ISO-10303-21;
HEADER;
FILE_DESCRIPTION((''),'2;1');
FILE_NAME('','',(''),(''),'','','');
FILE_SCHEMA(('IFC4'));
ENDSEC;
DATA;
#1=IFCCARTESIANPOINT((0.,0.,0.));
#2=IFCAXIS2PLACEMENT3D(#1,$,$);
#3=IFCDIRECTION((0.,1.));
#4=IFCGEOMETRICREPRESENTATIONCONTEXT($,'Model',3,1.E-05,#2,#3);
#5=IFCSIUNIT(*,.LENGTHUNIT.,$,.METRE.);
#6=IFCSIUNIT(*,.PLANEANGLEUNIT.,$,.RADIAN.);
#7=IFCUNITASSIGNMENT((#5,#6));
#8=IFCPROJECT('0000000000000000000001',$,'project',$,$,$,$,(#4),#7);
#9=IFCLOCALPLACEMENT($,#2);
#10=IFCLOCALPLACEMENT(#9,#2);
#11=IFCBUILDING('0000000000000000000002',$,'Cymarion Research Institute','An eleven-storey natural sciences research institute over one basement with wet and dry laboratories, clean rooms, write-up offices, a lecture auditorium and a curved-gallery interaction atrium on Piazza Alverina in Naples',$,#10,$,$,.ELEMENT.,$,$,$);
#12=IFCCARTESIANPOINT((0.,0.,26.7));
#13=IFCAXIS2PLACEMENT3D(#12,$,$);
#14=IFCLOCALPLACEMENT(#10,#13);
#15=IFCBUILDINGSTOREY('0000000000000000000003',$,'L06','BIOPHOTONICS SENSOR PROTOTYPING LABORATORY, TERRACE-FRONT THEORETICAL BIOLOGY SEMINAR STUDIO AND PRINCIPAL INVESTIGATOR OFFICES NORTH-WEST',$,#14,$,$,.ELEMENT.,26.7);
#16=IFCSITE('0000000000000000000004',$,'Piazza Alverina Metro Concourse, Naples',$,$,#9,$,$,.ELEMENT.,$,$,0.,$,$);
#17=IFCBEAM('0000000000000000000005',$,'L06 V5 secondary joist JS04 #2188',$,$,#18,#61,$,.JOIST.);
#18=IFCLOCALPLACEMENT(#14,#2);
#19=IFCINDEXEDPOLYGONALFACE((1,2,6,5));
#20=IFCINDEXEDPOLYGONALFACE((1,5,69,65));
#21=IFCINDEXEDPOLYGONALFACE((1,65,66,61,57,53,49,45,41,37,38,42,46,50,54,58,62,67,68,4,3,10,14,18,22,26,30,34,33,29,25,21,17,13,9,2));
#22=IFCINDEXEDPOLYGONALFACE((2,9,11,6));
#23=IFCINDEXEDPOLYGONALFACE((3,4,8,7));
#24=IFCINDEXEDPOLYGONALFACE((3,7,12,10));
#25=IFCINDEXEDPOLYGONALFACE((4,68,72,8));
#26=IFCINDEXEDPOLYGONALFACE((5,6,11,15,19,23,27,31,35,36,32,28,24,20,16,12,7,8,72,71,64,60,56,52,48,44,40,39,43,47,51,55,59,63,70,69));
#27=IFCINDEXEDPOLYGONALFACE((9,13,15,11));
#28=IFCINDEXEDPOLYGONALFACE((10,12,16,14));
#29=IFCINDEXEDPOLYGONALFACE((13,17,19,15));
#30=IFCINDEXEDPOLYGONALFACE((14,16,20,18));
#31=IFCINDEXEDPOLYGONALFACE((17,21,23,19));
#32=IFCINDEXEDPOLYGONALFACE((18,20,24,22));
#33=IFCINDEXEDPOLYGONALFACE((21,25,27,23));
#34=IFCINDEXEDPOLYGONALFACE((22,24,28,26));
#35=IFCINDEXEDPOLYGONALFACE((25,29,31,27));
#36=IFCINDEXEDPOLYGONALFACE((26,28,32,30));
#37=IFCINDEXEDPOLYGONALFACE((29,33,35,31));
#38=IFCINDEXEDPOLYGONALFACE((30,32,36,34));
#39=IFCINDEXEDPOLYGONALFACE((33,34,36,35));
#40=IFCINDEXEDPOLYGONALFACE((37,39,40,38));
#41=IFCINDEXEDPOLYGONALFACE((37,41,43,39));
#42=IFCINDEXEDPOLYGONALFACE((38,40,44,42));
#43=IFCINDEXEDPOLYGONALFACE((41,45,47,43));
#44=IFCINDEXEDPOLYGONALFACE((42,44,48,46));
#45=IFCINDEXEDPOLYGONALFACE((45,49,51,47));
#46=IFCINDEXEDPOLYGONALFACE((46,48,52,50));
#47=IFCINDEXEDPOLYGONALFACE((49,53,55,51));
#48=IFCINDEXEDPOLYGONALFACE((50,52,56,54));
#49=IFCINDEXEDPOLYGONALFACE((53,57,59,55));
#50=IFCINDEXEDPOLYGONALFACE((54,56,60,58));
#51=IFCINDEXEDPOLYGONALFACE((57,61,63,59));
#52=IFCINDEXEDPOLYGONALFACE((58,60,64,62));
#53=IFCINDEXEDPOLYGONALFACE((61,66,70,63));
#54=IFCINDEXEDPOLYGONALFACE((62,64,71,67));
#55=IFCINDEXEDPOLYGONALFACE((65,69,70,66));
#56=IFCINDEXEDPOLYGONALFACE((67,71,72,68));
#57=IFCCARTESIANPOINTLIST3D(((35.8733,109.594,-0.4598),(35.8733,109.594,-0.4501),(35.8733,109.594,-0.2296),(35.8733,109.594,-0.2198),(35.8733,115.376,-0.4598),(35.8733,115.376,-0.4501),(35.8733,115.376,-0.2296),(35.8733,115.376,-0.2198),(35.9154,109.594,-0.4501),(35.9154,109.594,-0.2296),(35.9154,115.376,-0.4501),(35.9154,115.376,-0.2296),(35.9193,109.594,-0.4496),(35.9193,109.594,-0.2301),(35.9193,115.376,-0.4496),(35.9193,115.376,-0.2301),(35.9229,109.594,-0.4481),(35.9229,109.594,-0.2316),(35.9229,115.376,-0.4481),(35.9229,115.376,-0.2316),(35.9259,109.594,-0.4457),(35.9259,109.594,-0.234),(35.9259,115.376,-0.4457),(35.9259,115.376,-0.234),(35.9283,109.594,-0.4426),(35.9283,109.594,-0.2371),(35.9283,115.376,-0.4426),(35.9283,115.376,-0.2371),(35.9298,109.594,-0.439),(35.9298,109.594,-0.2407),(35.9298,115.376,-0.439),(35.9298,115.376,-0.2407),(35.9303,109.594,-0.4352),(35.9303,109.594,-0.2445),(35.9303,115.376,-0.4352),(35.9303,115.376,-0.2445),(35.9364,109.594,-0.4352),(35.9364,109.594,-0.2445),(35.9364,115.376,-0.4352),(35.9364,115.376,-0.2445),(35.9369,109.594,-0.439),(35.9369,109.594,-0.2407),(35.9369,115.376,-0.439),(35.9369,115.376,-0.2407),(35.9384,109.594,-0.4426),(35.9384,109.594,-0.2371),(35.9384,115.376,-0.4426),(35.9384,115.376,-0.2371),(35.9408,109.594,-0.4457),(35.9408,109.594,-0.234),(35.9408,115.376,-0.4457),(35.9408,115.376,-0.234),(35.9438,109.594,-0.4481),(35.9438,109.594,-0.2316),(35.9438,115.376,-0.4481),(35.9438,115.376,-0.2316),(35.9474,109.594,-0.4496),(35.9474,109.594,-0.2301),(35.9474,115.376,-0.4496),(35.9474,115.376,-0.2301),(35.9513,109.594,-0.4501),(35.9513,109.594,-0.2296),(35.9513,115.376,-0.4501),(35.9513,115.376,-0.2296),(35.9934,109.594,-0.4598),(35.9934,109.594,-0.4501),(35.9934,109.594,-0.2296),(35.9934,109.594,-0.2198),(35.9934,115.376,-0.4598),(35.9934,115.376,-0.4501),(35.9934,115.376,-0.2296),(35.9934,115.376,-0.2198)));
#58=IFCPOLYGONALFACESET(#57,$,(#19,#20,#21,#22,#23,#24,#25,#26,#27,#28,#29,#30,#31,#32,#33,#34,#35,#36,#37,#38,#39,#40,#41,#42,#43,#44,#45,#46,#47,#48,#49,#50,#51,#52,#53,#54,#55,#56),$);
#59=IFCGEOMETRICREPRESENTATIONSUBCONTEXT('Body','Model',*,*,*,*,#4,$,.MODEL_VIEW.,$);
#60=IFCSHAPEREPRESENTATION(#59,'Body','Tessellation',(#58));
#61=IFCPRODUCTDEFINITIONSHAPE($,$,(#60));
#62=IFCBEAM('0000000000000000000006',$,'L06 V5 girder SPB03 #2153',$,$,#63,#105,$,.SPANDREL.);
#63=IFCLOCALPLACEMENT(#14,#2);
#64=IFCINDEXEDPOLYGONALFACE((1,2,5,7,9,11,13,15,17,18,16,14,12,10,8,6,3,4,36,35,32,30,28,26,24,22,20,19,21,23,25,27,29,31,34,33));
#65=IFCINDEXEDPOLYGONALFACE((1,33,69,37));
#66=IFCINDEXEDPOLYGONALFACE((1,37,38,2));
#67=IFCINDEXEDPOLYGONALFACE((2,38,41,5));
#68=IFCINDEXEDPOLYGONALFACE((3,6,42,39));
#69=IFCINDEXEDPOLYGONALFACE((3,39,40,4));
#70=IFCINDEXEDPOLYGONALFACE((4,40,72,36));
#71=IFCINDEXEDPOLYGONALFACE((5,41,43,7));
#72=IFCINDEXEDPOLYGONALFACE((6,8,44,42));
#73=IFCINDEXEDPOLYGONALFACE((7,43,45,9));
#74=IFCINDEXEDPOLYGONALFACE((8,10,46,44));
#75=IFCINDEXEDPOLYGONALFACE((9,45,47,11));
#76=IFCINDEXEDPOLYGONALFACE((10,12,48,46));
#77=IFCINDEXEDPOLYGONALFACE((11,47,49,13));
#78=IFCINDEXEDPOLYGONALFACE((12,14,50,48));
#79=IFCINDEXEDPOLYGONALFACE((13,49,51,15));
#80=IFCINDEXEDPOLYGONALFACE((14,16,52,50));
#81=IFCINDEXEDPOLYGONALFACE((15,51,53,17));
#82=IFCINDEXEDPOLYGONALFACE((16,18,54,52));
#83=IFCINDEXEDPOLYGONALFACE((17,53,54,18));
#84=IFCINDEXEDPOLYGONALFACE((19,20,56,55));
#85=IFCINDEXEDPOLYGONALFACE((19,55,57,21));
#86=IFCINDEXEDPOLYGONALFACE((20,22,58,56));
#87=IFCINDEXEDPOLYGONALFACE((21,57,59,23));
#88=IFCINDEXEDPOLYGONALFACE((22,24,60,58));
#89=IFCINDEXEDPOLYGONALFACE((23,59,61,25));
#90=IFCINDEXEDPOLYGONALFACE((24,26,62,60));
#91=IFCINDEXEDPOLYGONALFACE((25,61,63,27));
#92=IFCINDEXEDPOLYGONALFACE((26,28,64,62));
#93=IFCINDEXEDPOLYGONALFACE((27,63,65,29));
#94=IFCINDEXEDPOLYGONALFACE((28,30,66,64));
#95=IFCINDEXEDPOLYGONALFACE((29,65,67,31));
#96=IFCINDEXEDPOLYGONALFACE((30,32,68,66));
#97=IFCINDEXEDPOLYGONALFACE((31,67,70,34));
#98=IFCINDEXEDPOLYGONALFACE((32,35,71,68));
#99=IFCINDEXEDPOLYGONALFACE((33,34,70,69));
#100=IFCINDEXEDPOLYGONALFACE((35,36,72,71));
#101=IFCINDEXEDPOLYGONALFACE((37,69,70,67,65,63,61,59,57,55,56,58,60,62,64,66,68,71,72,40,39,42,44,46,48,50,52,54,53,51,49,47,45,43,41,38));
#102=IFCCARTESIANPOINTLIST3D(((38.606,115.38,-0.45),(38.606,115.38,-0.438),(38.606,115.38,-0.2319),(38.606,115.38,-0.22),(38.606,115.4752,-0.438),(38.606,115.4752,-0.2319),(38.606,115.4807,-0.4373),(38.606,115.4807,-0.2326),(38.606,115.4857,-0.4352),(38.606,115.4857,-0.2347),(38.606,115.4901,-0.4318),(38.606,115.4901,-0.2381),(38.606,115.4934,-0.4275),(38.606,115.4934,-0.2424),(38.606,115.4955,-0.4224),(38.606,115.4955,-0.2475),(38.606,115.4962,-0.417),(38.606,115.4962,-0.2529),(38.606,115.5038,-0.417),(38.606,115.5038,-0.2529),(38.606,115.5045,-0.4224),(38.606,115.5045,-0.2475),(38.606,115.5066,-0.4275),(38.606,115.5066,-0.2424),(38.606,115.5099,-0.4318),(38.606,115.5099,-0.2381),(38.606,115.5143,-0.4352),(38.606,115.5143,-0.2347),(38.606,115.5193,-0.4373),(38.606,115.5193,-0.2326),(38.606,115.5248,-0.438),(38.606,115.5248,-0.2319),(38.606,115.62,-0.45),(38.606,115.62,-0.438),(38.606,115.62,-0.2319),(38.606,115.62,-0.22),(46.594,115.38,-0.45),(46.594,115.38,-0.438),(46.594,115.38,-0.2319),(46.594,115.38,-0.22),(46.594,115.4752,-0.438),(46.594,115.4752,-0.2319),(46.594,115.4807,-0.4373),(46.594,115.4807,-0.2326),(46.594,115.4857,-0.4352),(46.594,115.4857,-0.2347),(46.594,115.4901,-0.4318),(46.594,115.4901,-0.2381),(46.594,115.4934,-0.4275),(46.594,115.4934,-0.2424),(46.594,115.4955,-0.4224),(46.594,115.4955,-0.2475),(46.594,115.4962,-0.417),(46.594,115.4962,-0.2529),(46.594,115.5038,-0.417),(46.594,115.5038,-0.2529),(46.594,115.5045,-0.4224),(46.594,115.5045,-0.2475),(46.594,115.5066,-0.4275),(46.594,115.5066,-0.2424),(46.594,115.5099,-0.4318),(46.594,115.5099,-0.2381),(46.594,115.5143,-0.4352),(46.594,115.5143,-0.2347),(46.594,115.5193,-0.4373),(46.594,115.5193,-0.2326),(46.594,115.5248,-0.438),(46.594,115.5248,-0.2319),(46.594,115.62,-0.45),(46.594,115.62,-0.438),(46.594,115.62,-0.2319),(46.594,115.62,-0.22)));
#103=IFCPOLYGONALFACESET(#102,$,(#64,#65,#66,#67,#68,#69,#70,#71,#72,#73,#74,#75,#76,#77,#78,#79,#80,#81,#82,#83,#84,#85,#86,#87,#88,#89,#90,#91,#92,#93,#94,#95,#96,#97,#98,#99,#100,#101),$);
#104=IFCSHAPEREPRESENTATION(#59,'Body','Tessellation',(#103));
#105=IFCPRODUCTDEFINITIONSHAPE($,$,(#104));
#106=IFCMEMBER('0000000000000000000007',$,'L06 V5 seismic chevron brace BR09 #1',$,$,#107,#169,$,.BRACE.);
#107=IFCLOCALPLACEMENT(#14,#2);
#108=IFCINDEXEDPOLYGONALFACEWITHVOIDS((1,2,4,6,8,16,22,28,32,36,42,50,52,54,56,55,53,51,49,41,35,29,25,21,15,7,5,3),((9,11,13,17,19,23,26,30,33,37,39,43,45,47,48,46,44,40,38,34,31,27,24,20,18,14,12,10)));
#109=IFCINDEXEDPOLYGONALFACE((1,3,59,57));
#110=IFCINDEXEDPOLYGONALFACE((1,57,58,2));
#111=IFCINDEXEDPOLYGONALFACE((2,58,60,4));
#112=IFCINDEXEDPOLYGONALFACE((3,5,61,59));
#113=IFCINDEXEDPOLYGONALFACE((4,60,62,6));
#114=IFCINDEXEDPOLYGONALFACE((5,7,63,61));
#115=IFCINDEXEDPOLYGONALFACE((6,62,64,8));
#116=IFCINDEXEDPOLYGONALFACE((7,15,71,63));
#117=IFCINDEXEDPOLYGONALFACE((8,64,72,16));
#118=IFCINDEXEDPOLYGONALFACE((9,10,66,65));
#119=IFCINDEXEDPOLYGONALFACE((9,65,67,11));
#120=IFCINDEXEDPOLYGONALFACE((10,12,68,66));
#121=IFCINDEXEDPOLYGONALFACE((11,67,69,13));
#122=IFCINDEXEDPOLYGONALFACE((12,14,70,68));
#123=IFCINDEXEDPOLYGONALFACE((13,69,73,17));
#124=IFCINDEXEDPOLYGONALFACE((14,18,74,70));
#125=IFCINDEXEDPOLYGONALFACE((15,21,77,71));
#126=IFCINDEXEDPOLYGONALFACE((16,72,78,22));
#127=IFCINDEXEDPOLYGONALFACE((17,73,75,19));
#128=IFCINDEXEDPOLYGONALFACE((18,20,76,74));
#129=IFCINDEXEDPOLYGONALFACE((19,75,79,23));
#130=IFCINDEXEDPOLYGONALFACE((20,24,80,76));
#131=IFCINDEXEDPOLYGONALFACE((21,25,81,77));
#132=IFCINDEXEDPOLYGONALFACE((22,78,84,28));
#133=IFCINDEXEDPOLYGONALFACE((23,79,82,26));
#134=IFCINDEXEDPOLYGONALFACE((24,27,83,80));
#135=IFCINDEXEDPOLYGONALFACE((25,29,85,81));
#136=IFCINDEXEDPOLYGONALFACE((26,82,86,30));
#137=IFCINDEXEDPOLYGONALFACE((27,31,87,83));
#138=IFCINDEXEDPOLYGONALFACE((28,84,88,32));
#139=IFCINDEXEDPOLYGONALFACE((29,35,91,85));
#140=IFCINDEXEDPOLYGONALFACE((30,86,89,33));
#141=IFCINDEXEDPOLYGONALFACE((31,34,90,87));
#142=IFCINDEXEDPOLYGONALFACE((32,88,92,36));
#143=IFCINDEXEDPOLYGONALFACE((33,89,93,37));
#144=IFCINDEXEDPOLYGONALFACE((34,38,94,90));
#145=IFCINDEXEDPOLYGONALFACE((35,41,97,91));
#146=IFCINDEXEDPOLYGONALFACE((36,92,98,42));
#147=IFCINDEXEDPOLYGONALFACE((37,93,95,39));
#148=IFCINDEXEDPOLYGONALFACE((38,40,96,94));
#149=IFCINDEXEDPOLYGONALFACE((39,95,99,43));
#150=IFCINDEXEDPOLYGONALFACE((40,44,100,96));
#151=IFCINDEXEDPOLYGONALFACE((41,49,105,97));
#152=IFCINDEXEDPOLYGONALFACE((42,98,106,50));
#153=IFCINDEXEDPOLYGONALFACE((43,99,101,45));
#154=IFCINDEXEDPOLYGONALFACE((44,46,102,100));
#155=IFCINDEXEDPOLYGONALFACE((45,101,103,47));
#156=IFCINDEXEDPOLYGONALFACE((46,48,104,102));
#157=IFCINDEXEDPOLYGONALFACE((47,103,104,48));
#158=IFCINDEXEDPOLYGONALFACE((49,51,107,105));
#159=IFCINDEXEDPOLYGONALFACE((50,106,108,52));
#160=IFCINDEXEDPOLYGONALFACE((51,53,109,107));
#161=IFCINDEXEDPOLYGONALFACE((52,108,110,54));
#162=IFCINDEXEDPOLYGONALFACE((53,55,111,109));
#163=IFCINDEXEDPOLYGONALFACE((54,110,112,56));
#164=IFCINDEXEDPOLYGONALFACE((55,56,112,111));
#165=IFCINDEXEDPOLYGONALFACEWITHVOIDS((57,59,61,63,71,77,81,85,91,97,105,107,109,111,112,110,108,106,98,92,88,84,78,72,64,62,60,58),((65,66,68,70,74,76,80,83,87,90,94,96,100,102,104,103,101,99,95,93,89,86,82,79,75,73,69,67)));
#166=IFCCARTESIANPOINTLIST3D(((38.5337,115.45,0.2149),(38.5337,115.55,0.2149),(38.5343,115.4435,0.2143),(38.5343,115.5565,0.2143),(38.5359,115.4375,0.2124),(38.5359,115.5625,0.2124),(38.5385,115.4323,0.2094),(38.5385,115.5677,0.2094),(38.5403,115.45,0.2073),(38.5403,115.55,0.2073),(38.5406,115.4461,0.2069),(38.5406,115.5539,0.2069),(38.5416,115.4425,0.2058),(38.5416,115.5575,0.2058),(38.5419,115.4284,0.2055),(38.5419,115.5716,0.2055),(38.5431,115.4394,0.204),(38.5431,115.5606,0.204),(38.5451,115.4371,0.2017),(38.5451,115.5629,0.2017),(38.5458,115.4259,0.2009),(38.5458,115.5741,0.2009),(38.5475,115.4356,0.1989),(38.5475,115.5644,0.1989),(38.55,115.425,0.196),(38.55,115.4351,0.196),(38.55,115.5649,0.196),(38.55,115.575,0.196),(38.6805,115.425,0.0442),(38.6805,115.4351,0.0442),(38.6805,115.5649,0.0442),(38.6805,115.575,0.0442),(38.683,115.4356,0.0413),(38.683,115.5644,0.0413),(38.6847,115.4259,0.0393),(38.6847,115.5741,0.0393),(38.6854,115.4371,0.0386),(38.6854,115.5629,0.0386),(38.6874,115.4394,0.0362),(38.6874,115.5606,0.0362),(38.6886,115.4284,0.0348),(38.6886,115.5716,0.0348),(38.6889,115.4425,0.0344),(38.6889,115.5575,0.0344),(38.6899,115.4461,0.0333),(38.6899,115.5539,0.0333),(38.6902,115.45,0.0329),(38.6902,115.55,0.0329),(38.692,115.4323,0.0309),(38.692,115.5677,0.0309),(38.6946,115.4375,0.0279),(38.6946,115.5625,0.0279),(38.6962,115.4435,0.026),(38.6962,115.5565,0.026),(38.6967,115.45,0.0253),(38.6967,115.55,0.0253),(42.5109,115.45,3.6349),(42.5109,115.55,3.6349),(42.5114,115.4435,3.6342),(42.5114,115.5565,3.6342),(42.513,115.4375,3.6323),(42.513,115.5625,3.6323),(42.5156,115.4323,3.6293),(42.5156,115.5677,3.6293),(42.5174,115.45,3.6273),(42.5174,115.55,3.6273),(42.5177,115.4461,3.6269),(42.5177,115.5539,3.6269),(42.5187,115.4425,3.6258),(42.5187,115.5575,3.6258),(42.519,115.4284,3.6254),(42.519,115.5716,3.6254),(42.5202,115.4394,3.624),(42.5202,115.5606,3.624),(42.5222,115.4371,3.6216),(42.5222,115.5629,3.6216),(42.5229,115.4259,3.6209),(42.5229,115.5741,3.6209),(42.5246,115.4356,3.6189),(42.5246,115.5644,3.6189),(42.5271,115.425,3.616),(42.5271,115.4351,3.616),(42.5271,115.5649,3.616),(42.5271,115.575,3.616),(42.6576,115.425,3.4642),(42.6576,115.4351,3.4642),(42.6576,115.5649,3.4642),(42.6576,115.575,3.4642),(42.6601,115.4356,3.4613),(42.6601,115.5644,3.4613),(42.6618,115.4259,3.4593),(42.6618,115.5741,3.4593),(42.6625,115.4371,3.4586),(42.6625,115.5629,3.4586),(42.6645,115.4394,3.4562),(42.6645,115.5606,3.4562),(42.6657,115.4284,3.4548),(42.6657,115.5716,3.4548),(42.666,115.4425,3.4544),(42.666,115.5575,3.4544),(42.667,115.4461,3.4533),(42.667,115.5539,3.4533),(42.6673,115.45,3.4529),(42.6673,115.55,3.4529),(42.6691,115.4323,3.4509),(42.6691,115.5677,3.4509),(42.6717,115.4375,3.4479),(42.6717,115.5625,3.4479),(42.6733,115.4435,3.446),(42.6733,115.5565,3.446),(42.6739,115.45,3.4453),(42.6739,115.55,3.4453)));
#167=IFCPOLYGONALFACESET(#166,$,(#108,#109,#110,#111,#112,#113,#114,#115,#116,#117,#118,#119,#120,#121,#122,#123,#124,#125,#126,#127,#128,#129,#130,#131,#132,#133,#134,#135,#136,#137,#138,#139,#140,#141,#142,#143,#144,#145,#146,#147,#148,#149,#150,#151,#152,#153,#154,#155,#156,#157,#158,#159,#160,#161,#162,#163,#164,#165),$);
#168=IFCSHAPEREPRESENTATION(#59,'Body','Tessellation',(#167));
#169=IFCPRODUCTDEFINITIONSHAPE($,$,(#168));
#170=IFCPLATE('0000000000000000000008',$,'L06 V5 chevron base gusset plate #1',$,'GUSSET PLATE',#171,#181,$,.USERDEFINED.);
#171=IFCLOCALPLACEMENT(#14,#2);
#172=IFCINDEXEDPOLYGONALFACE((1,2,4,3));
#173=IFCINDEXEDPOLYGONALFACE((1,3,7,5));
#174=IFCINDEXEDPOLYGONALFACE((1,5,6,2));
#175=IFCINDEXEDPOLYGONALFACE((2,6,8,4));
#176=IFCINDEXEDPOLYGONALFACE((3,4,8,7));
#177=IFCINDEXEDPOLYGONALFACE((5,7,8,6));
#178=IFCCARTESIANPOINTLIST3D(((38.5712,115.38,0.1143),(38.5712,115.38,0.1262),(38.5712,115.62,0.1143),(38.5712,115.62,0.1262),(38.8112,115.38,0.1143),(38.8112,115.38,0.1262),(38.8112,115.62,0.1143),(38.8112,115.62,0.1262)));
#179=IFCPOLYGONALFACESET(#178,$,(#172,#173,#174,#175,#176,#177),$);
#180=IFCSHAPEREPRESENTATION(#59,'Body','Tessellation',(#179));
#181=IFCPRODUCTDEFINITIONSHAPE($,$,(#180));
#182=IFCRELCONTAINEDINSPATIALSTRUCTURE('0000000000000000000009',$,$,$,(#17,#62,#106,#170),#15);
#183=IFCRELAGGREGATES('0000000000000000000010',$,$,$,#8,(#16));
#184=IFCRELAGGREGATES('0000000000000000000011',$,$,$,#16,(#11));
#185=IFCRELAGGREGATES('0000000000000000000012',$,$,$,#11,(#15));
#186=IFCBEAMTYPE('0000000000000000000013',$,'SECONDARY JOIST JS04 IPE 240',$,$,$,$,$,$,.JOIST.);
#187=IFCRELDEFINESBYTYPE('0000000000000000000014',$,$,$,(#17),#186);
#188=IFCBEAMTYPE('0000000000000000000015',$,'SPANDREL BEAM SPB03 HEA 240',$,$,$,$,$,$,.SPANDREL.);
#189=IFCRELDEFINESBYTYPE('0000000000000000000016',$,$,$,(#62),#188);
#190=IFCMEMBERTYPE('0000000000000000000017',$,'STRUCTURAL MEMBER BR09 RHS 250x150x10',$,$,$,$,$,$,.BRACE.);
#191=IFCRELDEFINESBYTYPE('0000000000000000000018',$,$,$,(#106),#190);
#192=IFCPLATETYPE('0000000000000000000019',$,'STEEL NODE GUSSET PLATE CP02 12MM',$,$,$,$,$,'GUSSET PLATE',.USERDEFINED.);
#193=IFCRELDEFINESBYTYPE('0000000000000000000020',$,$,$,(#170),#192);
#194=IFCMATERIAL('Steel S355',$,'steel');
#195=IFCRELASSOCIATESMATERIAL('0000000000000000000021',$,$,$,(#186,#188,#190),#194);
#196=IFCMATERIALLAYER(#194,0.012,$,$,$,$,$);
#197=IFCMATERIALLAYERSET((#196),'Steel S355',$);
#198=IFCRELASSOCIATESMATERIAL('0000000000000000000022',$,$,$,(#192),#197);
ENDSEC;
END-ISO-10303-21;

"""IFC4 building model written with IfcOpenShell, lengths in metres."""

from ifc_helpers import new_model, si_unit, direction, frame, origin, origin_2d, place, context, subcontext, project, spatial, rectangle, hollow_rectangle, i_section, extrude, material, layer, layer_set, material_profile, profile_set, type_object, element, save


model = new_model("IFC4")

# Units and contexts
model_context = context("Model", 3, precision=1e-05, world=origin(), true_north=direction((0.0, 1.0)))
body_context = subcontext(model_context, "Body", "Model", "MODEL_VIEW")
ifc_project = project(units=[si_unit("LENGTHUNIT", "METRE"), si_unit("PLANEANGLEUNIT", "RADIAN")], contexts=[model_context])

# Site, building, storey
site_placement = place(None, origin())
site = spatial("IfcSite", under=ifc_project, at=site_placement, Name="Piazza Alverina Metro Concourse, Naples", CompositionType="ELEMENT", RefElevation=0.0)
building_placement = place(site_placement, origin())
building = spatial("IfcBuilding", under=site, at=building_placement, Name="Cymarion Research Institute", Description="An eleven-storey natural sciences research institute over one basement with wet and dry laboratories, clean rooms, write-up offices, a lecture auditorium and a curved-gallery interaction atrium on Piazza Alverina in Naples", CompositionType="ELEMENT")
storey_placement = place(building_placement, frame((0.0, 0.0, 26.7)))
storey = spatial("IfcBuildingStorey", under=building, at=storey_placement, Name="L06", Description="BIOPHOTONICS SENSOR PROTOTYPING LABORATORY, TERRACE-FRONT THEORETICAL BIOLOGY SEMINAR STUDIO AND PRINCIPAL INVESTIGATOR OFFICES NORTH-WEST", CompositionType="ELEMENT", Elevation=26.7)

# Shared definitions
ifc_material_1 = material(Name="Steel S355", Category="steel")

# Beams
ifc_material_profile_1 = material_profile(ifc_material_1, i_section(OverallWidth=0.1201, OverallDepth=0.24, WebThickness=0.0061, FlangeThickness=0.0098, FilletRadius=0.0149, at=origin_2d()), Name="IPE 240")
ifc_profile_set_1 = profile_set([ifc_material_profile_1], Name="Steel S355")
beam_type_1 = type_object("IfcBeamType", Name="SECONDARY JOIST JS04 IPE 240", PredefinedType="JOIST", material=ifc_profile_set_1)
for number, where, z_axis, x_axis, name in (
    (1, (35.9333, 109.594, -0.3398), (0.0, 1.0, 0.0), (-1.0, 0.0, 0.0), "L06 V5 secondary joist JS04 #2188"),
):
    element("IfcBeam", number, at=place(storey_placement, frame(where, z_axis=z_axis, x_axis=x_axis)), inside=storey, type_object=beam_type_1, Name=name, PredefinedType="JOIST", context=body_context, shape_type="SweptSolid", body=[
        extrude(i_section(OverallWidth=0.1201, OverallDepth=0.24, WebThickness=0.0061, FlangeThickness=0.0098, FilletRadius=0.0149, at=origin_2d()), origin(), (0.0, 0.0, 1.0), 5.782),
    ])
ifc_material_profile_2 = material_profile(ifc_material_1, i_section(OverallWidth=0.24, OverallDepth=0.23, WebThickness=0.0076, FlangeThickness=0.012, FilletRadius=0.021, at=origin_2d()), Name="HEA 240")
ifc_profile_set_2 = profile_set([ifc_material_profile_2], Name="Steel S355")
beam_type_2 = type_object("IfcBeamType", Name="SPANDREL BEAM SPB03 HEA 240", PredefinedType="SPANDREL", material=ifc_profile_set_2)
beam_placement = place(storey_placement, frame((38.606, 115.5, -0.335), z_axis=(1.0, 0.0, 0.0), x_axis=(0.0, 1.0, 0.0)))
element("IfcBeam", 2, at=beam_placement, inside=storey, type_object=beam_type_2, Name="L06 V5 girder SPB03 #2153", PredefinedType="SPANDREL", context=body_context, shape_type="SweptSolid", body=[
    extrude(i_section(OverallWidth=0.24, OverallDepth=0.23, WebThickness=0.0076, FlangeThickness=0.012, FilletRadius=0.021, at=origin_2d()), origin(), (0.0, 0.0, 1.0), 7.988),
])

# Member
ifc_material_profile_3 = material_profile(ifc_material_1, hollow_rectangle(XDim=0.1499, YDim=0.25, WallThickness=0.01, InnerFilletRadius=0.0149, OuterFilletRadius=0.0249, at=origin_2d()), Name="RHS 250x150x10")
ifc_profile_set_3 = profile_set([ifc_material_profile_3], Name="Steel S355")
member_type_1 = type_object("IfcMemberType", Name="STRUCTURAL MEMBER BR09 RHS 250x150x10", PredefinedType="BRACE", material=ifc_profile_set_3)
member_1_placement = place(storey_placement, frame((38.6152, 115.5, 0.1201), z_axis=(0.758217, 0.0, 0.652002), x_axis=(0.0, 1.0, 0.0)))
element("IfcMember", 3, at=member_1_placement, inside=storey, type_object=member_type_1, Name="L06 V5 seismic chevron brace BR09 #1", PredefinedType="BRACE", context=body_context, shape_type="SweptSolid", body=[
    extrude(hollow_rectangle(XDim=0.1499, YDim=0.25, WallThickness=0.01, InnerFilletRadius=0.0149, OuterFilletRadius=0.0249, at=origin_2d()), origin(), (0.0, 0.0, 1.0), 5.2454),
])

# Plate
ifc_layer_1 = layer(ifc_material_1, 0.012)
ifc_layer_set_1 = layer_set([ifc_layer_1], Name="Steel S355")
plate_type = type_object("IfcPlateType", Name="STEEL NODE GUSSET PLATE CP02 12MM", ElementType="GUSSET PLATE", PredefinedType="USERDEFINED", material=ifc_layer_set_1)
plate_placement = place(storey_placement, frame((38.6912, 115.5, 0.1143), z_axis=(0.0, 0.0, 1.0), x_axis=(1.0, 0.0, 0.0)))
element("IfcPlate", 4, at=plate_placement, inside=storey, type_object=plate_type, Name="L06 V5 chevron base gusset plate #1", ObjectType="GUSSET PLATE", PredefinedType="USERDEFINED", context=body_context, shape_type="SweptSolid", body=[
    extrude(rectangle(XDim=0.24, YDim=0.24, at=origin_2d()), origin(), (0.0, 0.0, 1.0), 0.012),
])

save(model, "model.ifc")
